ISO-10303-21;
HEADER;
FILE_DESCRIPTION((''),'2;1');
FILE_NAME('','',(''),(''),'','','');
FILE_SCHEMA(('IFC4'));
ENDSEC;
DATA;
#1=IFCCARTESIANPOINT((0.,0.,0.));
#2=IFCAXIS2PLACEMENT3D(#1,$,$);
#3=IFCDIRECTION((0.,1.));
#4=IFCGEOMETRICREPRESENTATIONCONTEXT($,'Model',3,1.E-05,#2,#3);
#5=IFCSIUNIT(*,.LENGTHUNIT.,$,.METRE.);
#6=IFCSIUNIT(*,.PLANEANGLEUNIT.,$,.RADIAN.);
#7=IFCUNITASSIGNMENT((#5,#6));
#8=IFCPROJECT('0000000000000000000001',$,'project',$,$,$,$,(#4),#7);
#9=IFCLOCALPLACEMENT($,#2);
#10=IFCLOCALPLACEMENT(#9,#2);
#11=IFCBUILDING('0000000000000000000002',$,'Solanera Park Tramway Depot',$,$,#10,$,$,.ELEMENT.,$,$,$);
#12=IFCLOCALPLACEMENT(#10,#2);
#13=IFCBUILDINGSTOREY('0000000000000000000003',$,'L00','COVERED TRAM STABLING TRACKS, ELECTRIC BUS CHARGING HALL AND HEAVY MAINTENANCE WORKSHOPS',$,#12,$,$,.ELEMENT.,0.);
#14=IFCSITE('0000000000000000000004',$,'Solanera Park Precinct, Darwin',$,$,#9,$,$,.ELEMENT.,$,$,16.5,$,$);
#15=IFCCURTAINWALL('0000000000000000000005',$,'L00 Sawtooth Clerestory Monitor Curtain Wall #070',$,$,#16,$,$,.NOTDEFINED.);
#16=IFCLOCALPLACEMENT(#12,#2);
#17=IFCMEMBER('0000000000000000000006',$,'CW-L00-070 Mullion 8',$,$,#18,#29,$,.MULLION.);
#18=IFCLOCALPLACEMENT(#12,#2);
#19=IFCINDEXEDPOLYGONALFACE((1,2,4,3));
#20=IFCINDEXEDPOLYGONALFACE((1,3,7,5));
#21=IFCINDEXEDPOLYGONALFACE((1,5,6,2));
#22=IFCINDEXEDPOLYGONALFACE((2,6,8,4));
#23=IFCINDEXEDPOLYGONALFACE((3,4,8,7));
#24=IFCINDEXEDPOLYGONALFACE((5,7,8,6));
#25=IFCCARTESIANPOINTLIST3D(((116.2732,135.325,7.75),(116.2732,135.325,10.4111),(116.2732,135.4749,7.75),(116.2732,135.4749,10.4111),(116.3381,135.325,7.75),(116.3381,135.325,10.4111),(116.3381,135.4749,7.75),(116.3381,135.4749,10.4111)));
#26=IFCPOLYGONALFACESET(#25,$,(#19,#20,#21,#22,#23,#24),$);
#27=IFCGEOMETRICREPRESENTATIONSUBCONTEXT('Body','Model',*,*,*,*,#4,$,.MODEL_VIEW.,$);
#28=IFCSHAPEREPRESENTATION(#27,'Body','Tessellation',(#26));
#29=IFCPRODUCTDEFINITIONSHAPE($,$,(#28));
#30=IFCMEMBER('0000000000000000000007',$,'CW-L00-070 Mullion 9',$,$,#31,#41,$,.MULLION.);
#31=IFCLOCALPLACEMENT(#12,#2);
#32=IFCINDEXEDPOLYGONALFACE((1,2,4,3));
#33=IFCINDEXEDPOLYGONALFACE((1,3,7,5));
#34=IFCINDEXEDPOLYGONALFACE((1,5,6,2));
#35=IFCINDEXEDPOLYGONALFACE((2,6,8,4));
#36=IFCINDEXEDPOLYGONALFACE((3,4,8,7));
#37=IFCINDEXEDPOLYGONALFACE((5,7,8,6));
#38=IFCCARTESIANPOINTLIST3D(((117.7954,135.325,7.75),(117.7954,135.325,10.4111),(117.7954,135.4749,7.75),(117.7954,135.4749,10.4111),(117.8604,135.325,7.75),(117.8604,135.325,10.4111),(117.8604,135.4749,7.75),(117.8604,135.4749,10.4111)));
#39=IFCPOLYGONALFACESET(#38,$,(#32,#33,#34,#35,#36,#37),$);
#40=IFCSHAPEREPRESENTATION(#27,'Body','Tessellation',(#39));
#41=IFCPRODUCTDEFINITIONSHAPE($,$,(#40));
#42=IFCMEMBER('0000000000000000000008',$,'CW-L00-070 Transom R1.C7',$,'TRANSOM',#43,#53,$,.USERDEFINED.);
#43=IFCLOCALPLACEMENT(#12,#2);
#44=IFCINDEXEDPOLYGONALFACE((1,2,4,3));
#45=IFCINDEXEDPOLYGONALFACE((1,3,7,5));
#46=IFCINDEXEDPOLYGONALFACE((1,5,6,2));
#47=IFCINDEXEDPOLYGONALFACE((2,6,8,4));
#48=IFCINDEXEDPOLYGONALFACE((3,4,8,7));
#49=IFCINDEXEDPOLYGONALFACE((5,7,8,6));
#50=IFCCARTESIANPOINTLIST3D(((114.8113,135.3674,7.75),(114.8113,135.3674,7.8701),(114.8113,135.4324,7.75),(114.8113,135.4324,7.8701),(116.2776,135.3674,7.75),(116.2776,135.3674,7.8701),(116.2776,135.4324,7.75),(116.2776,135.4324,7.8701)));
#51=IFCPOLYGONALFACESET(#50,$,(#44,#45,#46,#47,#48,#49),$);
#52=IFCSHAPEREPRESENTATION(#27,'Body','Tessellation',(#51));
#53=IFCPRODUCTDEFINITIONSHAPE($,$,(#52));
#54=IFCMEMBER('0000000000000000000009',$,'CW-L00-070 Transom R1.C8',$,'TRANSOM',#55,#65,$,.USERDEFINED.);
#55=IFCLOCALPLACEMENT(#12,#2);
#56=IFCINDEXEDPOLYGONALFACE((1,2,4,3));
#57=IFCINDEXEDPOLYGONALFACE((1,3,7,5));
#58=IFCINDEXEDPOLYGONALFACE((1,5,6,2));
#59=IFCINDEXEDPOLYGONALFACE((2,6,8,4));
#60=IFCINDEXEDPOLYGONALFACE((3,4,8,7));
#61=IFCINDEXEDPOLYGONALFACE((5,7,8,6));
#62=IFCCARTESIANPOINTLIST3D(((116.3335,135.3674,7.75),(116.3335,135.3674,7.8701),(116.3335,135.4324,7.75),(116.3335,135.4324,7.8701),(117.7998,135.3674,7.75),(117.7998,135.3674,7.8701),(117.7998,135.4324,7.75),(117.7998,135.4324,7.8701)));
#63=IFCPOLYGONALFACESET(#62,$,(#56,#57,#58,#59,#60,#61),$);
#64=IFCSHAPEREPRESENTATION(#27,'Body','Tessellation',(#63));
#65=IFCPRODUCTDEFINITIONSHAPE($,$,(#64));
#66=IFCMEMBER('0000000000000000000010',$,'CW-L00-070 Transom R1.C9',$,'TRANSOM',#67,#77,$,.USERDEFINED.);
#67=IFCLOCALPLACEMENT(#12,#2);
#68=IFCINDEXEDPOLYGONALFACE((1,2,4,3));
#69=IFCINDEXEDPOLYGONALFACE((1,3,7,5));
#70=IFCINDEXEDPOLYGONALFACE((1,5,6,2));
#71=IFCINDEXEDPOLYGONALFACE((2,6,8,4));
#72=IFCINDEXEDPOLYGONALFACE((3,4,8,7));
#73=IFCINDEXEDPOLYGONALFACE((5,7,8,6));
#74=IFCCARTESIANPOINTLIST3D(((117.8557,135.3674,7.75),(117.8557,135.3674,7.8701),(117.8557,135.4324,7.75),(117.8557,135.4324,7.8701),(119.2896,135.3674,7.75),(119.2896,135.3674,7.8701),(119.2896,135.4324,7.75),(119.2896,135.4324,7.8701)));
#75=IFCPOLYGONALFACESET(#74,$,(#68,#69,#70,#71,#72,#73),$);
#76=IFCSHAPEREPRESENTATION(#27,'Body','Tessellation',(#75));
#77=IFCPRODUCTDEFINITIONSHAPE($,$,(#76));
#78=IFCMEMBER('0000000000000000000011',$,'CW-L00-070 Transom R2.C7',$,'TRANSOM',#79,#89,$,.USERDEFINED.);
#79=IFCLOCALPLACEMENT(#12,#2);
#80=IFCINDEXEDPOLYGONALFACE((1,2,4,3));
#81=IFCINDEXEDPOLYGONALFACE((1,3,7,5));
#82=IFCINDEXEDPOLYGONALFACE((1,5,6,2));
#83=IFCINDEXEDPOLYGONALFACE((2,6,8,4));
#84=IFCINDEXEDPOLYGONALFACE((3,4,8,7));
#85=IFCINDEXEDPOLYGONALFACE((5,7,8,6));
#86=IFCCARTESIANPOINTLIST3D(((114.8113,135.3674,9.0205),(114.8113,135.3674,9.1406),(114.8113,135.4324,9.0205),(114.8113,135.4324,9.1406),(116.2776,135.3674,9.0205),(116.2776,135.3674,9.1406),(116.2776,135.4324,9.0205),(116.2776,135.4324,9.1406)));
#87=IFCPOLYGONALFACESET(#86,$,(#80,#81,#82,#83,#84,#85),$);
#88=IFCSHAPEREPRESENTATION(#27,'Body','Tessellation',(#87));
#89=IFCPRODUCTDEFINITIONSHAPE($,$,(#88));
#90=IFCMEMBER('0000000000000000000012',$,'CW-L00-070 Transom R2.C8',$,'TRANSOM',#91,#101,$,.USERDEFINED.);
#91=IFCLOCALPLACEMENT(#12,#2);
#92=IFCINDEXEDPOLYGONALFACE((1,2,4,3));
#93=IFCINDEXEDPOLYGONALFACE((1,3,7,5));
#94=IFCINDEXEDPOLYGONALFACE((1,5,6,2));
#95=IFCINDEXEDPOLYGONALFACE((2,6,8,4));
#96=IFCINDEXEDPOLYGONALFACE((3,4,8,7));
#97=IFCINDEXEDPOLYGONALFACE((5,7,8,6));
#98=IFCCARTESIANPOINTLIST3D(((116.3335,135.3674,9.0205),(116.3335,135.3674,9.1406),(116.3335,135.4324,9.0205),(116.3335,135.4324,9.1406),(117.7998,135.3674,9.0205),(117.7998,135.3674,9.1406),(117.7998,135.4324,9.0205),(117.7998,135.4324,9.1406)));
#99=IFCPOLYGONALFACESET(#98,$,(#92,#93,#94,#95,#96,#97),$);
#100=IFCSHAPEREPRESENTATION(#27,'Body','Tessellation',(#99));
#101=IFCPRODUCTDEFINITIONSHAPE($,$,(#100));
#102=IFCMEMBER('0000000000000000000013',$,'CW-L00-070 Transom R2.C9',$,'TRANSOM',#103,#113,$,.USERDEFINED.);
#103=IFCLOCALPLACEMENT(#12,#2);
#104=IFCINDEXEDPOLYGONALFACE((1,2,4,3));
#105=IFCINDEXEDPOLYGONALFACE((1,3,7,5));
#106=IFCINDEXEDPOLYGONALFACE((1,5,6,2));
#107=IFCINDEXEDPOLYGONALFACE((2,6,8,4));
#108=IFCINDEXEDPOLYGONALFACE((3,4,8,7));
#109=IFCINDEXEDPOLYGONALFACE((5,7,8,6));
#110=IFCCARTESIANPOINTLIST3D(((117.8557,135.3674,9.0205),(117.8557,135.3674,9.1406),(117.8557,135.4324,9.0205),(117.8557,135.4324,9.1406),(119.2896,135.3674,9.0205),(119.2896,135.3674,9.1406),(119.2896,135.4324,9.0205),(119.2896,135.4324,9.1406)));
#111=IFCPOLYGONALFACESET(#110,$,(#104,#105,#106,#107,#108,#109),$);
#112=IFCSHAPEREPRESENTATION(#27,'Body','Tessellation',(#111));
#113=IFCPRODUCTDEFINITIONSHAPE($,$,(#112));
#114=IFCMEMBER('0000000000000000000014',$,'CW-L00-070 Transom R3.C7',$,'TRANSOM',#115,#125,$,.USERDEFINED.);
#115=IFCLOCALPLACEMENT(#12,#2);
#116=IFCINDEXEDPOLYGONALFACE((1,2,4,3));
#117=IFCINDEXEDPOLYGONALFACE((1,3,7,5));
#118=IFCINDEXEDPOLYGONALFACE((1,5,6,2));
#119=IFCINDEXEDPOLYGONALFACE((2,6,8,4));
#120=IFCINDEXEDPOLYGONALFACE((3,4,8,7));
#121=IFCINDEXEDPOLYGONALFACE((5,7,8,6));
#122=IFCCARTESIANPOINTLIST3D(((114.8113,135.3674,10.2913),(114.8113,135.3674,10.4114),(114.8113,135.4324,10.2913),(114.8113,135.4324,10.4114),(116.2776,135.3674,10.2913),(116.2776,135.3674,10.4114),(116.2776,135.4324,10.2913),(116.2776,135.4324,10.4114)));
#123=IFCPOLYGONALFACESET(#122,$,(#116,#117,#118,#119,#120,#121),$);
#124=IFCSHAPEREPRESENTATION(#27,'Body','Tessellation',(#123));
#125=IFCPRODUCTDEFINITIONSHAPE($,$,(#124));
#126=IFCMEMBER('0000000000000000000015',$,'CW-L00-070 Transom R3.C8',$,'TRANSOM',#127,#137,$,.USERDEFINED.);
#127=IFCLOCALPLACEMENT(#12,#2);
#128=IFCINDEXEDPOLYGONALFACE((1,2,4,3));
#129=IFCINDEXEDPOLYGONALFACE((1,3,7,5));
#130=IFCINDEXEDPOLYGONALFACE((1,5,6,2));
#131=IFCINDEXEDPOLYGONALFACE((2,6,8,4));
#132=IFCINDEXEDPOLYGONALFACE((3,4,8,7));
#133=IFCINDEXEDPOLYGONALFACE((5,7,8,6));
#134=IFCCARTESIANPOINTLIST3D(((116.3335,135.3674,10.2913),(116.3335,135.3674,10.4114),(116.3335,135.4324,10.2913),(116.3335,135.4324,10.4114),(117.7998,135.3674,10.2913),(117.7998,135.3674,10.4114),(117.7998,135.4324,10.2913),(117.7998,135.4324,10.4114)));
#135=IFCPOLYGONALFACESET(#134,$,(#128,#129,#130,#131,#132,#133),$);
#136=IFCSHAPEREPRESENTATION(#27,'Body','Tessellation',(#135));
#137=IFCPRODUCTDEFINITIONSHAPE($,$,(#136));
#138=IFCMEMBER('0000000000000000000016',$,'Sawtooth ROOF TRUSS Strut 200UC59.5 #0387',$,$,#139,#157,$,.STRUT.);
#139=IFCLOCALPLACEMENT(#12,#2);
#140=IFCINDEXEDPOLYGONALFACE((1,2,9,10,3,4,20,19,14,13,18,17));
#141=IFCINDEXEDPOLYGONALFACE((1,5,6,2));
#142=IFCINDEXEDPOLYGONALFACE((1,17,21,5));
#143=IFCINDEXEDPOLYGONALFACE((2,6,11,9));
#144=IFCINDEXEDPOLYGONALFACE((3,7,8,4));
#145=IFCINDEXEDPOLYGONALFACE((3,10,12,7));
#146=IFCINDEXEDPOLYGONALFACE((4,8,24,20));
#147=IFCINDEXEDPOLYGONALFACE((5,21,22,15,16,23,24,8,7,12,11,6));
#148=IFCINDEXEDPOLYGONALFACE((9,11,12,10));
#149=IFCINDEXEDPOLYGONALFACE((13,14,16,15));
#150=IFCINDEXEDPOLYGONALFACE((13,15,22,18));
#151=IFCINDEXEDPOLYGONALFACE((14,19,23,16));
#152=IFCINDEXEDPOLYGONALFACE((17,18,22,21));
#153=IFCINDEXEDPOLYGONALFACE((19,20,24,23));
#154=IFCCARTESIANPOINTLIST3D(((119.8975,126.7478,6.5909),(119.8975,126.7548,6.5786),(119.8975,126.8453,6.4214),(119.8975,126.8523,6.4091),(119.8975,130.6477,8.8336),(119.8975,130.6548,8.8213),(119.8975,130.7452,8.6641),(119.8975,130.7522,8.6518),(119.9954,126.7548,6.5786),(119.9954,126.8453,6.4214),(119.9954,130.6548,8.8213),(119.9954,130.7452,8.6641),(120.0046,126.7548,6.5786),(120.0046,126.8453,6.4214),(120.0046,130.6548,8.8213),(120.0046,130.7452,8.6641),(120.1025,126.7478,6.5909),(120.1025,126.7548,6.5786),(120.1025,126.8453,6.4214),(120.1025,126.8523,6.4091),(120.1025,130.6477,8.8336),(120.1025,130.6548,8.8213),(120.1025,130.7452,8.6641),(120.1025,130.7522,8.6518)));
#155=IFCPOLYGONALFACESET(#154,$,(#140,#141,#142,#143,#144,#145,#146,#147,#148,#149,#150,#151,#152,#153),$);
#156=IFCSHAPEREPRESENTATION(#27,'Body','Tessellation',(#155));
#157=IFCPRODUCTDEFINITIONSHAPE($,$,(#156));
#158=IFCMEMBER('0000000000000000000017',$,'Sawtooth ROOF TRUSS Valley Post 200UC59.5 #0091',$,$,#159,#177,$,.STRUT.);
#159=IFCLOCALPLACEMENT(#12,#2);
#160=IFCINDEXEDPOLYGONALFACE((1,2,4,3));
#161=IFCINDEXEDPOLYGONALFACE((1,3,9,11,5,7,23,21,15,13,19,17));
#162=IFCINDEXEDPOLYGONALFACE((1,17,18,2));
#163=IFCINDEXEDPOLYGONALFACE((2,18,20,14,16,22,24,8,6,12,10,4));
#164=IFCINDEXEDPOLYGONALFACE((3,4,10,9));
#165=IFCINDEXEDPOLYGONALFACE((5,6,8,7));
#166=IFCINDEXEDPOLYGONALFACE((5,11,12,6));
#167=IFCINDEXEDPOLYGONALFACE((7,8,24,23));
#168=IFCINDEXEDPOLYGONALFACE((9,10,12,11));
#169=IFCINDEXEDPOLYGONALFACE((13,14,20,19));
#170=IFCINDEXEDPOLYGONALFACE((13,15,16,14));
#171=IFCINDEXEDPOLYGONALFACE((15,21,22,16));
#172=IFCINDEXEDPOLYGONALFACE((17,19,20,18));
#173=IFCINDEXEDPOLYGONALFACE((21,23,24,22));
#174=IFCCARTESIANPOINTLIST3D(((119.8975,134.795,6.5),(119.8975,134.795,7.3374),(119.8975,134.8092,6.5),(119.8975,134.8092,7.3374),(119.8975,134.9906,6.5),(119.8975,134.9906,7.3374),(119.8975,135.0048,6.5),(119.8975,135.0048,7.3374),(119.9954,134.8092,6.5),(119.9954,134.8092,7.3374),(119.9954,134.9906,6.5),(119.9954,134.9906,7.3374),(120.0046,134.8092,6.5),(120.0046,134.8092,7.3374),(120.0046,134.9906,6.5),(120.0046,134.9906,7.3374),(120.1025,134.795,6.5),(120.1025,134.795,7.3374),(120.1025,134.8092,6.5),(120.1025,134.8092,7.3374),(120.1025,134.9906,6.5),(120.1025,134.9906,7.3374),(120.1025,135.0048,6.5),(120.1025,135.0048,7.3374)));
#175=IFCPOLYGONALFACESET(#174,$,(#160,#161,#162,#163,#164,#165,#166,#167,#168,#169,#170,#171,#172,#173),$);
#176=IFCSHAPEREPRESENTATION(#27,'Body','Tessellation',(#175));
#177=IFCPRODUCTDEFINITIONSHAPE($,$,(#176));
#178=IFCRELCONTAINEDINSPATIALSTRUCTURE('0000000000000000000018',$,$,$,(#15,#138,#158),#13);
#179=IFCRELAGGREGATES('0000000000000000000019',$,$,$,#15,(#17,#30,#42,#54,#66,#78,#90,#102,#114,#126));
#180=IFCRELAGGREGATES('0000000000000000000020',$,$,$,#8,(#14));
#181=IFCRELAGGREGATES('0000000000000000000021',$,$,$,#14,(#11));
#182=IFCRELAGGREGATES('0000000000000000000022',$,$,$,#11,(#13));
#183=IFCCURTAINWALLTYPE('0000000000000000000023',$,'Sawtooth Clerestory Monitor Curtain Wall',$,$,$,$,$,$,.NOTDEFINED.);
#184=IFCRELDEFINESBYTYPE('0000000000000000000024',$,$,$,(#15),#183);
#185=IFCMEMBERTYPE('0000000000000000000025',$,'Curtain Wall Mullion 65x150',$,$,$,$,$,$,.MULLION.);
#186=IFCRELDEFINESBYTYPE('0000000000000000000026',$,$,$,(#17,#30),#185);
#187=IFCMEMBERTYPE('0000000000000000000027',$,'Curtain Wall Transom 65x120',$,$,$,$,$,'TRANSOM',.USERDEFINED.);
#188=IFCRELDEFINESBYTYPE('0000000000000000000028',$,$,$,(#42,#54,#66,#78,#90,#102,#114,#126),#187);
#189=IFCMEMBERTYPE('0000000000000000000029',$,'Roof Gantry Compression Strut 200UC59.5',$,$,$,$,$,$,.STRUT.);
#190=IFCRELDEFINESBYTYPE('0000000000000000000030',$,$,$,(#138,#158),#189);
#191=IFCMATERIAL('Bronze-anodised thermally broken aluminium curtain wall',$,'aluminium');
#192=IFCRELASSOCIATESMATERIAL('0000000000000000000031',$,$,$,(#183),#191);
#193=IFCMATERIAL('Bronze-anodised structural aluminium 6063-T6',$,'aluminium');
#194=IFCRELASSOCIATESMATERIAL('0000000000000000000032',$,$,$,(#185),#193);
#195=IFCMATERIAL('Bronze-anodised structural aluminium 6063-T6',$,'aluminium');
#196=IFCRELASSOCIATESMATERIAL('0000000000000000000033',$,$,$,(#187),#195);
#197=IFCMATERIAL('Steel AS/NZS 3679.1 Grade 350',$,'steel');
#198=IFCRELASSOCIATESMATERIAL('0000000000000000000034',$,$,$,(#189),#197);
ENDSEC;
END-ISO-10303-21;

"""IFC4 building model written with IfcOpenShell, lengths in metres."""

from ifc_helpers import new_model, si_unit, direction, frame, origin, origin_2d, place, context, subcontext, project, spatial, rectangle, i_section, extrude, material, material_profile, profile_set, type_object, element, aggregate, save


model = new_model("IFC4")

# Units and contexts
model_context = context("Model", 3, precision=1e-05, world=origin(), true_north=direction((0.0, 1.0)))
body_context = subcontext(model_context, "Body", "Model", "MODEL_VIEW")
ifc_project = project(units=[si_unit("LENGTHUNIT", "METRE"), si_unit("PLANEANGLEUNIT", "RADIAN")], contexts=[model_context])

# Site, building, storey
site_placement = place(None, origin())
site = spatial("IfcSite", under=ifc_project, at=site_placement, Name="Solanera Park Precinct, Darwin", CompositionType="ELEMENT", RefElevation=16.5)
building_placement = place(site_placement, origin())
building = spatial("IfcBuilding", under=site, at=building_placement, Name="Solanera Park Tramway Depot", CompositionType="ELEMENT")
storey_placement = place(building_placement, origin())
storey = spatial("IfcBuildingStorey", under=building, at=storey_placement, Name="L00", Description="COVERED TRAM STABLING TRACKS, ELECTRIC BUS CHARGING HALL AND HEAVY MAINTENANCE WORKSHOPS", CompositionType="ELEMENT", Elevation=0.0)

# Curtain wall, members
ifc_material_1 = material(Name="Bronze-anodised thermally broken aluminium curtain wall", Category="aluminium")
curtain_wall_type = type_object("IfcCurtainWallType", Name="Sawtooth Clerestory Monitor Curtain Wall", PredefinedType="NOTDEFINED", material=ifc_material_1)
curtain_wall_placement = place(storey_placement, origin())
curtain_wall = element("IfcCurtainWall", 1, at=curtain_wall_placement, inside=storey, type_object=curtain_wall_type, Name="L00 Sawtooth Clerestory Monitor Curtain Wall #070", PredefinedType="NOTDEFINED")
ifc_material_2 = material(Name="Bronze-anodised structural aluminium 6063-T6", Category="aluminium")
ifc_material_profile_1 = material_profile(ifc_material_2, rectangle(XDim=0.0649, YDim=0.1499, at=origin_2d()), Name="Curtain Wall Mullion 65x150")
ifc_profile_set_1 = profile_set([ifc_material_profile_1], Name="Bronze-anodised structural aluminium 6063-T6")
member_type_1 = type_object("IfcMemberType", Name="Curtain Wall Mullion 65x150", PredefinedType="MULLION", material=ifc_profile_set_1)
member_1_placement = place(storey_placement, frame((116.3057, 135.3999, 7.75), z_axis=(0.0, 0.0, 1.0), x_axis=(1.0, 0.0, 0.0)))
member_1 = element("IfcMember", 2, at=member_1_placement, type_object=member_type_1, Name="CW-L00-070 Mullion 8", PredefinedType="MULLION", context=body_context, shape_type="SweptSolid", body=[
    extrude(rectangle(XDim=0.0649, YDim=0.1499, at=origin_2d()), origin(), (0.0, 0.0, 1.0), 2.6611),
])
member_2_placement = place(storey_placement, frame((117.8279, 135.3999, 7.75), z_axis=(0.0, 0.0, 1.0), x_axis=(1.0, 0.0, 0.0)))
member_2 = element("IfcMember", 3, at=member_2_placement, type_object=member_type_1, Name="CW-L00-070 Mullion 9", PredefinedType="MULLION", context=body_context, shape_type="SweptSolid", body=[
    extrude(rectangle(XDim=0.0649, YDim=0.1499, at=origin_2d()), origin(), (0.0, 0.0, 1.0), 2.6611),
])
ifc_material_3 = material(Name="Bronze-anodised structural aluminium 6063-T6", Category="aluminium")
ifc_material_profile_2 = material_profile(ifc_material_3, rectangle(XDim=0.0649, YDim=0.1201, at=origin_2d()), Name="Curtain Wall Transom 65x120")
ifc_profile_set_2 = profile_set([ifc_material_profile_2], Name="Bronze-anodised structural aluminium 6063-T6")
member_type_2 = type_object("IfcMemberType", Name="Curtain Wall Transom 65x120", ElementType="TRANSOM", PredefinedType="USERDEFINED", material=ifc_profile_set_2)
member_3_placement = place(storey_placement, frame((114.8113, 135.3999, 7.8101), z_axis=(1.0, 0.0, 0.0), x_axis=(0.0, 1.0, 0.0)))
member_3 = element("IfcMember", 4, at=member_3_placement, type_object=member_type_2, Name="CW-L00-070 Transom R1.C7", ObjectType="TRANSOM", PredefinedType="USERDEFINED", context=body_context, shape_type="SweptSolid", body=[
    extrude(rectangle(XDim=0.0649, YDim=0.1201, at=origin_2d()), origin(), (0.0, 0.0, 1.0), 1.4663),
])
member_4_placement = place(storey_placement, frame((116.3335, 135.3999, 7.8101), z_axis=(1.0, 0.0, 0.0), x_axis=(0.0, 1.0, 0.0)))
member_4 = element("IfcMember", 5, at=member_4_placement, type_object=member_type_2, Name="CW-L00-070 Transom R1.C8", ObjectType="TRANSOM", PredefinedType="USERDEFINED", context=body_context, shape_type="SweptSolid", body=[
    extrude(rectangle(XDim=0.0649, YDim=0.1201, at=origin_2d()), origin(), (0.0, 0.0, 1.0), 1.4663),
])
member_5_placement = place(storey_placement, frame((117.8557, 135.3999, 7.8101), z_axis=(1.0, 0.0, 0.0), x_axis=(0.0, 1.0, 0.0)))
member_5 = element("IfcMember", 6, at=member_5_placement, type_object=member_type_2, Name="CW-L00-070 Transom R1.C9", ObjectType="TRANSOM", PredefinedType="USERDEFINED", context=body_context, shape_type="SweptSolid", body=[
    extrude(rectangle(XDim=0.0649, YDim=0.1201, at=origin_2d()), origin(), (0.0, 0.0, 1.0), 1.4338),
])
member_6_placement = place(storey_placement, frame((114.8113, 135.3999, 9.0806), z_axis=(1.0, 0.0, 0.0), x_axis=(0.0, 1.0, 0.0)))
member_6 = element("IfcMember", 7, at=member_6_placement, type_object=member_type_2, Name="CW-L00-070 Transom R2.C7", ObjectType="TRANSOM", PredefinedType="USERDEFINED", context=body_context, shape_type="SweptSolid", body=[
    extrude(rectangle(XDim=0.0649, YDim=0.1201, at=origin_2d()), origin(), (0.0, 0.0, 1.0), 1.4663),
])
member_7_placement = place(storey_placement, frame((116.3335, 135.3999, 9.0806), z_axis=(1.0, 0.0, 0.0), x_axis=(0.0, 1.0, 0.0)))
member_7 = element("IfcMember", 8, at=member_7_placement, type_object=member_type_2, Name="CW-L00-070 Transom R2.C8", ObjectType="TRANSOM", PredefinedType="USERDEFINED", context=body_context, shape_type="SweptSolid", body=[
    extrude(rectangle(XDim=0.0649, YDim=0.1201, at=origin_2d()), origin(), (0.0, 0.0, 1.0), 1.4663),
])
member_8_placement = place(storey_placement, frame((117.8557, 135.3999, 9.0806), z_axis=(1.0, 0.0, 0.0), x_axis=(0.0, 1.0, 0.0)))
member_8 = element("IfcMember", 9, at=member_8_placement, type_object=member_type_2, Name="CW-L00-070 Transom R2.C9", ObjectType="TRANSOM", PredefinedType="USERDEFINED", context=body_context, shape_type="SweptSolid", body=[
    extrude(rectangle(XDim=0.0649, YDim=0.1201, at=origin_2d()), origin(), (0.0, 0.0, 1.0), 1.4338),
])
member_9_placement = place(storey_placement, frame((114.8113, 135.3999, 10.3513), z_axis=(1.0, 0.0, 0.0), x_axis=(0.0, 1.0, 0.0)))
member_9 = element("IfcMember", 10, at=member_9_placement, type_object=member_type_2, Name="CW-L00-070 Transom R3.C7", ObjectType="TRANSOM", PredefinedType="USERDEFINED", context=body_context, shape_type="SweptSolid", body=[
    extrude(rectangle(XDim=0.0649, YDim=0.1201, at=origin_2d()), origin(), (0.0, 0.0, 1.0), 1.4663),
])
member_10_placement = place(storey_placement, frame((116.3335, 135.3999, 10.3513), z_axis=(1.0, 0.0, 0.0), x_axis=(0.0, 1.0, 0.0)))
member_10 = element("IfcMember", 11, at=member_10_placement, type_object=member_type_2, Name="CW-L00-070 Transom R3.C8", ObjectType="TRANSOM", PredefinedType="USERDEFINED", context=body_context, shape_type="SweptSolid", body=[
    extrude(rectangle(XDim=0.0649, YDim=0.1201, at=origin_2d()), origin(), (0.0, 0.0, 1.0), 1.4663),
])

# Members
ifc_material_4 = material(Name="Steel AS/NZS 3679.1 Grade 350", Category="steel")
ifc_material_profile_3 = material_profile(ifc_material_4, i_section(OverallWidth=0.2051, OverallDepth=0.2097, WebThickness=0.0093, FlangeThickness=0.0142, at=origin_2d()), Name="200UC59.5")
ifc_profile_set_3 = profile_set([ifc_material_profile_3], Name="Steel AS/NZS 3679.1 Grade 350")
member_type_3 = type_object("IfcMemberType", Name="Roof Gantry Compression Strut 200UC59.5", PredefinedType="STRUT", material=ifc_profile_set_3)
member_11_placement = place(storey_placement, frame((120.0, 126.8, 6.5), z_axis=(0.0, 0.866884, 0.49851), x_axis=(-1.0, 0.0, 0.0)))
element("IfcMember", 12, at=member_11_placement, inside=storey, type_object=member_type_3, Name="Sawtooth ROOF TRUSS Strut 200UC59.5 #0387", PredefinedType="STRUT", context=body_context, shape_type="SweptSolid", body=[
    extrude(i_section(OverallWidth=0.2051, OverallDepth=0.2097, WebThickness=0.0093, FlangeThickness=0.0142, at=origin_2d()), origin(), (0.0, 0.0, 1.0), 4.4988),
])
member_12_placement = place(storey_placement, frame((120.0, 134.8999, 6.5), z_axis=(0.0, 0.0, 1.0), x_axis=(1.0, 0.0, 0.0)))
element("IfcMember", 13, at=member_12_placement, inside=storey, type_object=member_type_3, Name="Sawtooth ROOF TRUSS Valley Post 200UC59.5 #0091", PredefinedType="STRUT", context=body_context, shape_type="SweptSolid", body=[
    extrude(i_section(OverallWidth=0.2051, OverallDepth=0.2097, WebThickness=0.0093, FlangeThickness=0.0142, at=origin_2d()), origin(), (0.0, 0.0, 1.0), 0.8374),
])

aggregate(curtain_wall, [member_1, member_2, member_3, member_4, member_5, member_6, member_7, member_8, member_9, member_10])

save(model, "model.ifc")
